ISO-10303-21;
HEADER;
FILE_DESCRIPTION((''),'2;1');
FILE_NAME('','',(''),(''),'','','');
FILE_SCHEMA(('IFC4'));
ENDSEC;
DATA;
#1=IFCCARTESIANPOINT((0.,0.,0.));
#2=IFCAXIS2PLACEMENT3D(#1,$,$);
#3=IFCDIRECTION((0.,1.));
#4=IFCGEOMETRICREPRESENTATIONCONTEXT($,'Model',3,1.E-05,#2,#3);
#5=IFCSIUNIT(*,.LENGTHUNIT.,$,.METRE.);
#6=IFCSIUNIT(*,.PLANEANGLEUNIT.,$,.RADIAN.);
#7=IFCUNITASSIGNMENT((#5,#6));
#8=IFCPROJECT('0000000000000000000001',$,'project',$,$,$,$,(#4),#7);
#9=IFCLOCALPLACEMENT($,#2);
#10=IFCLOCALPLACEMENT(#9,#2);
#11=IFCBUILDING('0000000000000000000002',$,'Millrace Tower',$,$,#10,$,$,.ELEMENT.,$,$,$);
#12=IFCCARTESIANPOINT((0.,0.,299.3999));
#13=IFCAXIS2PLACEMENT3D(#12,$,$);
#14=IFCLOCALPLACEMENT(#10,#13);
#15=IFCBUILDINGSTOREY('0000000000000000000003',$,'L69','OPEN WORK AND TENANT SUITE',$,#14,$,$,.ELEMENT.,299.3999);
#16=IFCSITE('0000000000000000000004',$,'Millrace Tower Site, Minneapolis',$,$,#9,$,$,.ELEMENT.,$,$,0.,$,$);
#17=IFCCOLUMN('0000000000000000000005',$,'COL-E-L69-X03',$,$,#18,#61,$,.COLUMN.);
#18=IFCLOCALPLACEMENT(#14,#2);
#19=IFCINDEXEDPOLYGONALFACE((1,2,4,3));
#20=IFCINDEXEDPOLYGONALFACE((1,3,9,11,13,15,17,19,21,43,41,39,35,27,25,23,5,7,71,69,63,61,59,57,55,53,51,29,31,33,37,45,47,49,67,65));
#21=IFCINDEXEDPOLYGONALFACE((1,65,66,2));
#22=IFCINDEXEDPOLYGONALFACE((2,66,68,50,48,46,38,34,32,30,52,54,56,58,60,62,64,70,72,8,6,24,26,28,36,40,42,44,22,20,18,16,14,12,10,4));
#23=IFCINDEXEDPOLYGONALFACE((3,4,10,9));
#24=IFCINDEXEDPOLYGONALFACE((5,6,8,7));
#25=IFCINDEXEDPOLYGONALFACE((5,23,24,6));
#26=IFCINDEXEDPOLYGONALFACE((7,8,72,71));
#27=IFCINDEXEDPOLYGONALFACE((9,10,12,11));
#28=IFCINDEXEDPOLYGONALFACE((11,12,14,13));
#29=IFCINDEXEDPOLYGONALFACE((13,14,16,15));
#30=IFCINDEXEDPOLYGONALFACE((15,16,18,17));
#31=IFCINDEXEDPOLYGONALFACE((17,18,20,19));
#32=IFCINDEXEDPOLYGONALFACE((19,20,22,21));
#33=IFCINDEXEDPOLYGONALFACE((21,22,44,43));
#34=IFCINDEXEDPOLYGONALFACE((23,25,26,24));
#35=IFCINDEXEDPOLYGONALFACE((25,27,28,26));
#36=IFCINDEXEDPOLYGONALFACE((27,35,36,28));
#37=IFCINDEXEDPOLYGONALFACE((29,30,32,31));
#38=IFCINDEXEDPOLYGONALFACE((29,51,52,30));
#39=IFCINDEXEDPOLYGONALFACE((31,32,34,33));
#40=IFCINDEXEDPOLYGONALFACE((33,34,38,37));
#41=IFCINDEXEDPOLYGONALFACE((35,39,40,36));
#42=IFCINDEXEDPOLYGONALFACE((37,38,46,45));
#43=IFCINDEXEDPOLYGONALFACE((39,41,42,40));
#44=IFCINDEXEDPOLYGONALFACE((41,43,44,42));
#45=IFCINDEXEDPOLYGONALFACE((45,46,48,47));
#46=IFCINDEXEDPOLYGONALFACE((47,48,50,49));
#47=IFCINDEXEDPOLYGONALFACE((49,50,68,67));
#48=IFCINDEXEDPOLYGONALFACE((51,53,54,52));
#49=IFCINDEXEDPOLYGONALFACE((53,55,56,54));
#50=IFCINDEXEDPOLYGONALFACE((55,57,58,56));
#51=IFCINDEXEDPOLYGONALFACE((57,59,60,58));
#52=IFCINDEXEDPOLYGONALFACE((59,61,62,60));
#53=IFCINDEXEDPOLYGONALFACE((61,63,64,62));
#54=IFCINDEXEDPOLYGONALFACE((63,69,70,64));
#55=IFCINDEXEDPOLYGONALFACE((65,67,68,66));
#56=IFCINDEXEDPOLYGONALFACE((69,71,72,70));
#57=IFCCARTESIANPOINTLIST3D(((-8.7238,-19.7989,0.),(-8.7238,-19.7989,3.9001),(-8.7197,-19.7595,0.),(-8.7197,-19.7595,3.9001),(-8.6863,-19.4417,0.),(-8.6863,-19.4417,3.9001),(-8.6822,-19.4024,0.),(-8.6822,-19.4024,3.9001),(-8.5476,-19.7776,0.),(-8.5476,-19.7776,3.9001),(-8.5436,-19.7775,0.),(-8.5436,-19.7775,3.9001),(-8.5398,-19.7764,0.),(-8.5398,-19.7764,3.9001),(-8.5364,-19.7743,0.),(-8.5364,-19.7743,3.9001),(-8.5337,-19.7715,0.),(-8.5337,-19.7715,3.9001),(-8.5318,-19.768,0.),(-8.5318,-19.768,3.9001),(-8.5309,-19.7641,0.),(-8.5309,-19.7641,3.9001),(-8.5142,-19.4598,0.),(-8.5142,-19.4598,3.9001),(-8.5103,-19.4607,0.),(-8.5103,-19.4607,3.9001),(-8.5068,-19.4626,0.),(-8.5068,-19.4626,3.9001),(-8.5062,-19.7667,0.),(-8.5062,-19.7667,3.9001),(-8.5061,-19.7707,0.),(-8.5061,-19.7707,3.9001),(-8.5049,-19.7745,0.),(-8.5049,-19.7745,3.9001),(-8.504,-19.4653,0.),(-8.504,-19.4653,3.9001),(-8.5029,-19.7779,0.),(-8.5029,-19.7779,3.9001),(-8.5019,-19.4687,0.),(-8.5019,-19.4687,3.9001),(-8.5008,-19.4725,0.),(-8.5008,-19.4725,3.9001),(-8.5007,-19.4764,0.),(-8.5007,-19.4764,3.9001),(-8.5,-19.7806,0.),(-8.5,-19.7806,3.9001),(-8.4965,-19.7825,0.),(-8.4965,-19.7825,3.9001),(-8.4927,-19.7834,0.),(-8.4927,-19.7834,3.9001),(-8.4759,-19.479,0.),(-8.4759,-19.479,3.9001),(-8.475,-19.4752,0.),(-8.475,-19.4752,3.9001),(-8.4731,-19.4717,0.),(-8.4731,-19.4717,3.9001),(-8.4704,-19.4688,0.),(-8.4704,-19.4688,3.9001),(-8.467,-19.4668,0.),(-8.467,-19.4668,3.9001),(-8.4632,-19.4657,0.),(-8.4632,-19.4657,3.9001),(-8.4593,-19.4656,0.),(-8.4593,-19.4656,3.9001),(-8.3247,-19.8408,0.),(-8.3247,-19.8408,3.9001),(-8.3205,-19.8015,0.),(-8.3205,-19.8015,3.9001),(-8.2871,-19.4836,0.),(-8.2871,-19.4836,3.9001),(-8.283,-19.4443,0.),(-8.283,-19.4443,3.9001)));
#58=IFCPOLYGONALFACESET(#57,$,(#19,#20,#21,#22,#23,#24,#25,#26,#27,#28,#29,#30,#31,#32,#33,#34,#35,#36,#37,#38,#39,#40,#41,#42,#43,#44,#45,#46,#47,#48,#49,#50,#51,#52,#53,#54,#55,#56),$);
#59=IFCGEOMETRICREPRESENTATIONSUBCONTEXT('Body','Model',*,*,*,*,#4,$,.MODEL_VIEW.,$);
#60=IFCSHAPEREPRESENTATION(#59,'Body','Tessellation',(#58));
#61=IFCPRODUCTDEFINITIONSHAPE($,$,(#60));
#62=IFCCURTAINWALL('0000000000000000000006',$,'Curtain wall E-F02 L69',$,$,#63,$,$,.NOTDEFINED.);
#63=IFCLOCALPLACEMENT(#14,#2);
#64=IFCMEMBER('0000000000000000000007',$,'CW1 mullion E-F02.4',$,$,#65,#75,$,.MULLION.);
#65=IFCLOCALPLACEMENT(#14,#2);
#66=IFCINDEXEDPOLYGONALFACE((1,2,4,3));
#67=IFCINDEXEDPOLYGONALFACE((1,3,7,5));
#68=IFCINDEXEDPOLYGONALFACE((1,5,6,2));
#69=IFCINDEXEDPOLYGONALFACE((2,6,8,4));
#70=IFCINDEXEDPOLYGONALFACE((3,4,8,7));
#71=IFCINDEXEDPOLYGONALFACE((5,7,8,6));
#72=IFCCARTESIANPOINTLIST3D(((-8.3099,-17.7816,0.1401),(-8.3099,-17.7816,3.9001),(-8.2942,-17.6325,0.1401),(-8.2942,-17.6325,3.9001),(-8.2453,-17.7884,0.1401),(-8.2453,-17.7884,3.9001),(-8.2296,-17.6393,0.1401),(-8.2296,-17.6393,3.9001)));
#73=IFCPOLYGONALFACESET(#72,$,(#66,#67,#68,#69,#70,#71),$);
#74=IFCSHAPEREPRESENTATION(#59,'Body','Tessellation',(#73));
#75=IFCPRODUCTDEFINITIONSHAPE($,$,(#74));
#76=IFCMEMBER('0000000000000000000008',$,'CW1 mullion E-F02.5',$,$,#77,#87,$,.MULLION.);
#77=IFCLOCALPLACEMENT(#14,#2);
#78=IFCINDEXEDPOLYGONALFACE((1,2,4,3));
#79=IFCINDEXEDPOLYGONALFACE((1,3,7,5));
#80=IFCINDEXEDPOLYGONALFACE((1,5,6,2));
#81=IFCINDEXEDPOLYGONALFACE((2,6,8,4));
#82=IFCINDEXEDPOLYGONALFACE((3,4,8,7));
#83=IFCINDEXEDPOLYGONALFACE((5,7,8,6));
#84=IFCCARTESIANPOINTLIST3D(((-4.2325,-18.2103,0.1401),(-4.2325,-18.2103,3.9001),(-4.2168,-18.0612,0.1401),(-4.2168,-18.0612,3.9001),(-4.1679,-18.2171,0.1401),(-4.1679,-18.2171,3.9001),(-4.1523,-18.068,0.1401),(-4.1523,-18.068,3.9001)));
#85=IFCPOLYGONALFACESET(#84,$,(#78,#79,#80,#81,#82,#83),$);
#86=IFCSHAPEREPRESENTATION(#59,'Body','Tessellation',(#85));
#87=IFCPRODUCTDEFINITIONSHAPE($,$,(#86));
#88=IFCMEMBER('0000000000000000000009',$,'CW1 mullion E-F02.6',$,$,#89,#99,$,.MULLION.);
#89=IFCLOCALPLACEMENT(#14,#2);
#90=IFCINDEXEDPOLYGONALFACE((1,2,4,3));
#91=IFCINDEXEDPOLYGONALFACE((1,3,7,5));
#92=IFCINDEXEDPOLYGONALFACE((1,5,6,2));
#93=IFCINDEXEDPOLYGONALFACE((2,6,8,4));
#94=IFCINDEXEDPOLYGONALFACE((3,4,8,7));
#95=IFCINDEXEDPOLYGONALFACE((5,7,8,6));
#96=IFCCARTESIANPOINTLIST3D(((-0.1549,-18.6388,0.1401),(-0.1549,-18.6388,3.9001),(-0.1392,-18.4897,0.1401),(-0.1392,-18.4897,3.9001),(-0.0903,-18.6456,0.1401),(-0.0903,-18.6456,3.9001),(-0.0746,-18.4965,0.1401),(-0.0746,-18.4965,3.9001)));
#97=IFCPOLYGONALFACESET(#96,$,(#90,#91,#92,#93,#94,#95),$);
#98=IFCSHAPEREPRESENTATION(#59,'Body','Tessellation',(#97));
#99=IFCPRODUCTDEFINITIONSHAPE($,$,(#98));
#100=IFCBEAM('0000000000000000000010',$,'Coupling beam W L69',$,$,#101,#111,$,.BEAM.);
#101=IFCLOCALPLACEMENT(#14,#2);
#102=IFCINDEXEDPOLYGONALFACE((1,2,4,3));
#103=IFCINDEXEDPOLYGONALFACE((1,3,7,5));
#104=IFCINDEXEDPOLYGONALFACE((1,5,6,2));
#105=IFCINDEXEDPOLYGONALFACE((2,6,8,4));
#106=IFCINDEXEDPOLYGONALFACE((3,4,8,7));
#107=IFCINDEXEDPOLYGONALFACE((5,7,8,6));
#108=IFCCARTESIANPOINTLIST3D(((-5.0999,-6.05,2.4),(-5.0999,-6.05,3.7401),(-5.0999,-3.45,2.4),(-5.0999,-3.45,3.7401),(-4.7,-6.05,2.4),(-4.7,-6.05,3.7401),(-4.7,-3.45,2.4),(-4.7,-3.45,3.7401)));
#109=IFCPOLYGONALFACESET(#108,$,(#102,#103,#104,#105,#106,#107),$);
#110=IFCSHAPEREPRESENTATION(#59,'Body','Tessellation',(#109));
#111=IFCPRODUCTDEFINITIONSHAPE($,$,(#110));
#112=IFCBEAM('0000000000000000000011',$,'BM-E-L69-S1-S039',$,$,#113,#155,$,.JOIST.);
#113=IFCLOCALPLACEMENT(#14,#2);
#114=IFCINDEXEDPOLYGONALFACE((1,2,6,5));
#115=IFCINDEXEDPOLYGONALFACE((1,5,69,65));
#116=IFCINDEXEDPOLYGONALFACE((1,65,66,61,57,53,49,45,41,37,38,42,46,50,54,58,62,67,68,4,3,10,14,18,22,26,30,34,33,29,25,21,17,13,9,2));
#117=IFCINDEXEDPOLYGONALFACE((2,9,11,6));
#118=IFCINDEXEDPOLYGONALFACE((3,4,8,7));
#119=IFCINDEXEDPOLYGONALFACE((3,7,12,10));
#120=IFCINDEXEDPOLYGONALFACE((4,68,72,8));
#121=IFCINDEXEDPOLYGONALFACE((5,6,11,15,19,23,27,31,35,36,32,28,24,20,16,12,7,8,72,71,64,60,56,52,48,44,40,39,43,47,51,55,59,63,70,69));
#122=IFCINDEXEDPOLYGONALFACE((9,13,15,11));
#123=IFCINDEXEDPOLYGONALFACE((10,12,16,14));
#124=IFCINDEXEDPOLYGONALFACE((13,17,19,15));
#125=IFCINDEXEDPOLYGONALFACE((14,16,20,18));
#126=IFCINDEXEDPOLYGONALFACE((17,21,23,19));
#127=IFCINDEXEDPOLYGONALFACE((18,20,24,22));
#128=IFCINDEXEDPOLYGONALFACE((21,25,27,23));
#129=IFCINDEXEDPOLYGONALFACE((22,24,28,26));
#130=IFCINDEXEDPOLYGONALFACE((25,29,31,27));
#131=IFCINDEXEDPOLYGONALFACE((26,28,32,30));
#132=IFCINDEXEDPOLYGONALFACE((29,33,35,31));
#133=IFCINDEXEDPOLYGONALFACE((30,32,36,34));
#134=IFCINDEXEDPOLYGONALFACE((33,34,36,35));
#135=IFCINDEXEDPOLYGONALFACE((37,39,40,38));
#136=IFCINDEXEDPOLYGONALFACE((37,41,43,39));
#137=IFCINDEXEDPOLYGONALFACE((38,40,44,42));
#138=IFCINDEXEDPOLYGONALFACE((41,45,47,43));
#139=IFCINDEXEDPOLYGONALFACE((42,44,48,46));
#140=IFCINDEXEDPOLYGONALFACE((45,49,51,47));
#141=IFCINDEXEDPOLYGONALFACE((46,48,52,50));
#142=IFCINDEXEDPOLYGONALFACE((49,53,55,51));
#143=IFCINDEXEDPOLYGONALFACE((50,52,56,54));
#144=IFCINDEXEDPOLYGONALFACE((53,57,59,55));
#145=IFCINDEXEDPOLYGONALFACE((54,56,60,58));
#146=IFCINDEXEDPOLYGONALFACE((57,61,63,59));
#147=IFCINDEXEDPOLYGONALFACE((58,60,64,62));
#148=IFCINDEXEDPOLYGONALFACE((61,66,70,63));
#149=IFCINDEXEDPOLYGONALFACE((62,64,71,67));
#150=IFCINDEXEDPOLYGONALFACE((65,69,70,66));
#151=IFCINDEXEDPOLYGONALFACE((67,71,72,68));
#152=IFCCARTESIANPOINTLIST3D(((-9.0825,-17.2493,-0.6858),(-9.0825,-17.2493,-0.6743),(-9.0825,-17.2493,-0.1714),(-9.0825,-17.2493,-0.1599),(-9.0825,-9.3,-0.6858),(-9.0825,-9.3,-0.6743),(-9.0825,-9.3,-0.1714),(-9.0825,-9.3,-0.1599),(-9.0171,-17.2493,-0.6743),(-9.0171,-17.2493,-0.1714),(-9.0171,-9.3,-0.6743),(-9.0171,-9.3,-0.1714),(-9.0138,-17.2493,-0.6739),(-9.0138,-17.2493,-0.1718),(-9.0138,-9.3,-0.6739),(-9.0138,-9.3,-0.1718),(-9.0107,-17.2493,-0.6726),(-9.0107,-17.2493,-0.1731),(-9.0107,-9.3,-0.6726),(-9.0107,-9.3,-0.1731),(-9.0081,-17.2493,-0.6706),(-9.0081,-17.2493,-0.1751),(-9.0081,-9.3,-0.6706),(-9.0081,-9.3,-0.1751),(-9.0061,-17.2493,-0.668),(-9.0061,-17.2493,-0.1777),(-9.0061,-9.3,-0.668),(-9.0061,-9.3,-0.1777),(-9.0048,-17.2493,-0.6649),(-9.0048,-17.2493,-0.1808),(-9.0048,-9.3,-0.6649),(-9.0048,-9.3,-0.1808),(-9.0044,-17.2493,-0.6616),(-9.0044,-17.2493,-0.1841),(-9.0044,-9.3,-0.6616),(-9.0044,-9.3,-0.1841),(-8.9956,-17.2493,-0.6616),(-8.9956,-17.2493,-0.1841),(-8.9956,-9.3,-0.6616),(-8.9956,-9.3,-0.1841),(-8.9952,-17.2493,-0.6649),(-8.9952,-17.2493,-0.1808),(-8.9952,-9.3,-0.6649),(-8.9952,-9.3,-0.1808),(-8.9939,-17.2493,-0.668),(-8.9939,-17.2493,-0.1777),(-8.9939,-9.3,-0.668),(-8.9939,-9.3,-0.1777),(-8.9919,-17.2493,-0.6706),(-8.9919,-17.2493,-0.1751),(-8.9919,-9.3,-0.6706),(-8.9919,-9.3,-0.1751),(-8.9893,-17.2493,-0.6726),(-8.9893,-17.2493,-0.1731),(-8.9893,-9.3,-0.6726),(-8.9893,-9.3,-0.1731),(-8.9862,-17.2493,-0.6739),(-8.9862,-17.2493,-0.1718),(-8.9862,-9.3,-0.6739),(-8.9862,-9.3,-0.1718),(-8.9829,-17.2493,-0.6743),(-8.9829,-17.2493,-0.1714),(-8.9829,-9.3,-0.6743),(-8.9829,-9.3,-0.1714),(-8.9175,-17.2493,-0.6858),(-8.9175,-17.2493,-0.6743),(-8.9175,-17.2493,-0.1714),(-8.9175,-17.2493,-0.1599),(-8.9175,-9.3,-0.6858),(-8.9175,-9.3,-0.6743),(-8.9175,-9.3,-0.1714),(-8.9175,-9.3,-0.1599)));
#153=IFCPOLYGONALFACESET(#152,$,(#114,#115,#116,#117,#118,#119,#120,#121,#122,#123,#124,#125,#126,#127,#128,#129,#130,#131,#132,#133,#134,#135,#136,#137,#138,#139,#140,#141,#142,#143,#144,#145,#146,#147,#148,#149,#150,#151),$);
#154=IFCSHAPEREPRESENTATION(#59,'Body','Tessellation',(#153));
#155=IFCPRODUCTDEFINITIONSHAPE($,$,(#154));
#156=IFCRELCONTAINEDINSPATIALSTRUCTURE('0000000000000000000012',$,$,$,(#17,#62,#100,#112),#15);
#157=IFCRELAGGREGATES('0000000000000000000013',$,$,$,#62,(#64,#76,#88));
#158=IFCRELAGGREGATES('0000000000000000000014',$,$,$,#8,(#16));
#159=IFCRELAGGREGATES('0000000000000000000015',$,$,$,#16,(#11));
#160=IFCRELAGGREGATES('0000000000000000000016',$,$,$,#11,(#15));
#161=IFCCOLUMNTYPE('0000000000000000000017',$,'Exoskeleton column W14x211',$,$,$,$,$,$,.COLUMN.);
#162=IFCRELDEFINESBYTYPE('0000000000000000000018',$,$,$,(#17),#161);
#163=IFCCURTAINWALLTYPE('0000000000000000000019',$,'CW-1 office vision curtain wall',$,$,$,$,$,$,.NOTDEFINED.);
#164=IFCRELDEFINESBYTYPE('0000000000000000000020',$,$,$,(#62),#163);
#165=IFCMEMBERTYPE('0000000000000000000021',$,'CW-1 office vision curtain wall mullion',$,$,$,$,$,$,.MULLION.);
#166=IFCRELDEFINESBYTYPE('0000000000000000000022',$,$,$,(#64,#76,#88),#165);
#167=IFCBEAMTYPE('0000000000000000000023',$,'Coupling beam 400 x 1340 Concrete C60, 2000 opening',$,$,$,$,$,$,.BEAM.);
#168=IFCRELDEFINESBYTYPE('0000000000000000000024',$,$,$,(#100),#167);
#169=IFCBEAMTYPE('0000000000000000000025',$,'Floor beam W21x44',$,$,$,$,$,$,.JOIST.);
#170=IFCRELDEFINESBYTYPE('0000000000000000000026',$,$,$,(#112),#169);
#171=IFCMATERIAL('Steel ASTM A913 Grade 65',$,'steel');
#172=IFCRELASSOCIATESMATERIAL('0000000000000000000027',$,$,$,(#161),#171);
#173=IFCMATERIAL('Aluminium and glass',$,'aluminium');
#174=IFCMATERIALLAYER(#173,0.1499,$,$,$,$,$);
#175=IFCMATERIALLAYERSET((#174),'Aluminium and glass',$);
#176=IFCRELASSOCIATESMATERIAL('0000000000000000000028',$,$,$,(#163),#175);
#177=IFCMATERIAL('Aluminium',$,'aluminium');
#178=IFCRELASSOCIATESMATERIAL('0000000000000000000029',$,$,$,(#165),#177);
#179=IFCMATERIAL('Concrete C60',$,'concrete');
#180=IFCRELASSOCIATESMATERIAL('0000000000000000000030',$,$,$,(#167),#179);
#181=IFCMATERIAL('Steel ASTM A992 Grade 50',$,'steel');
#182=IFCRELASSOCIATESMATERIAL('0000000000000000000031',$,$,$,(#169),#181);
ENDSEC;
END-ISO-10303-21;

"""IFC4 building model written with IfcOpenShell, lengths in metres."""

from ifc_helpers import new_model, si_unit, direction, frame, origin, origin_2d, place, context, subcontext, project, spatial, rectangle, i_section, extrude, material, layer, layer_set, material_profile, profile_set, type_object, element, aggregate, save


model = new_model("IFC4")

# Units and contexts
model_context = context("Model", 3, precision=1e-05, world=origin(), true_north=direction((0.0, 1.0)))
body_context = subcontext(model_context, "Body", "Model", "MODEL_VIEW")
ifc_project = project(units=[si_unit("LENGTHUNIT", "METRE"), si_unit("PLANEANGLEUNIT", "RADIAN")], contexts=[model_context])

# Site, building, storey
site_placement = place(None, origin())
site = spatial("IfcSite", under=ifc_project, at=site_placement, Name="Millrace Tower Site, Minneapolis", CompositionType="ELEMENT", RefElevation=0.0)
building_placement = place(site_placement, origin())
building = spatial("IfcBuilding", under=site, at=building_placement, Name="Millrace Tower", CompositionType="ELEMENT")
storey_placement = place(building_placement, frame((0.0, 0.0, 299.3999)))
storey = spatial("IfcBuildingStorey", under=building, at=storey_placement, Name="L69", Description="OPEN WORK AND TENANT SUITE", CompositionType="ELEMENT", Elevation=299.3999)

# Column
ifc_material_1 = material(Name="Steel ASTM A913 Grade 65", Category="steel")
ifc_material_profile_1 = material_profile(ifc_material_1, i_section(OverallWidth=0.4014, OverallDepth=0.3987, WebThickness=0.0249, FlangeThickness=0.0396, FilletRadius=0.0151, at=origin_2d()))
ifc_profile_set_1 = profile_set([ifc_material_profile_1], Name="Steel ASTM A913 Grade 65")
column_type = type_object("IfcColumnType", Name="Exoskeleton column W14x211", PredefinedType="COLUMN", material=ifc_profile_set_1)
column_placement = place(storey_placement, frame((-8.5034, -19.6216, 0.0), z_axis=(0.0, 0.0, 1.0), x_axis=(0.994522, -0.104528, 0.0)))
element("IfcColumn", 1, at=column_placement, inside=storey, type_object=column_type, Name="COL-E-L69-X03", PredefinedType="COLUMN", context=body_context, shape_type="SweptSolid", body=[
    extrude(i_section(OverallWidth=0.4014, OverallDepth=0.3987, WebThickness=0.0249, FlangeThickness=0.0396, FilletRadius=0.0151, at=origin_2d()), origin(), (0.0, 0.0, 1.0), 3.9001),
])

# Curtain wall, members
ifc_material_2 = material(Name="Aluminium and glass", Category="aluminium")
ifc_layer_1 = layer(ifc_material_2, 0.1499)
ifc_layer_set_1 = layer_set([ifc_layer_1], Name="Aluminium and glass")
curtain_wall_type = type_object("IfcCurtainWallType", Name="CW-1 office vision curtain wall", PredefinedType="NOTDEFINED", material=ifc_layer_set_1)
curtain_wall_placement = place(storey_placement, origin())
curtain_wall = element("IfcCurtainWall", 2, at=curtain_wall_placement, inside=storey, type_object=curtain_wall_type, Name="Curtain wall E-F02 L69", PredefinedType="NOTDEFINED")
ifc_material_3 = material(Name="Aluminium", Category="aluminium")
ifc_material_profile_2 = material_profile(ifc_material_3, rectangle(XDim=0.0649, YDim=0.1499, at=origin_2d()))
ifc_profile_set_2 = profile_set([ifc_material_profile_2], Name="Aluminium")
member_type = type_object("IfcMemberType", Name="CW-1 office vision curtain wall mullion", PredefinedType="MULLION", material=ifc_profile_set_2)
member_1_placement = place(storey_placement, frame((-8.2698, -17.7104, 0.1401), z_axis=(0.0, 0.0, 1.0), x_axis=(0.994522, -0.104528, 0.0)))
member_1 = element("IfcMember", 3, at=member_1_placement, type_object=member_type, Name="CW1 mullion E-F02.4", PredefinedType="MULLION", context=body_context, shape_type="SweptSolid", body=[
    extrude(rectangle(XDim=0.0649, YDim=0.1499, at=origin_2d()), origin(), (0.0, 0.0, 1.0), 3.76),
])
member_2_placement = place(storey_placement, frame((-4.1924, -18.1392, 0.1401), z_axis=(0.0, 0.0, 1.0), x_axis=(0.994522, -0.104528, 0.0)))
member_2 = element("IfcMember", 4, at=member_2_placement, type_object=member_type, Name="CW1 mullion E-F02.5", PredefinedType="MULLION", context=body_context, shape_type="SweptSolid", body=[
    extrude(rectangle(XDim=0.0649, YDim=0.1499, at=origin_2d()), origin(), (0.0, 0.0, 1.0), 3.76),
])
member_3_placement = place(storey_placement, frame((-0.1147, -18.5676, 0.1401), z_axis=(0.0, 0.0, 1.0), x_axis=(0.994522, -0.104528, 0.0)))
member_3 = element("IfcMember", 5, at=member_3_placement, type_object=member_type, Name="CW1 mullion E-F02.6", PredefinedType="MULLION", context=body_context, shape_type="SweptSolid", body=[
    extrude(rectangle(XDim=0.0649, YDim=0.1499, at=origin_2d()), origin(), (0.0, 0.0, 1.0), 3.76),
])
aggregate(curtain_wall, [member_1, member_2, member_3])

# Beams
ifc_material_4 = material(Name="Concrete C60", Category="concrete")
ifc_material_profile_3 = material_profile(ifc_material_4, rectangle(XDim=0.3999, YDim=1.3401, at=origin_2d()))
ifc_profile_set_3 = profile_set([ifc_material_profile_3], Name="Concrete C60")
beam_type_1 = type_object("IfcBeamType", Name="Coupling beam 400 x 1340 Concrete C60, 2000 opening", PredefinedType="BEAM", material=ifc_profile_set_3)
beam_1_placement = place(storey_placement, frame((-4.8999, -6.05, 3.0701), z_axis=(0.0, 1.0, 0.0), x_axis=(-1.0, 0.0, 0.0)))
element("IfcBeam", 6, at=beam_1_placement, inside=storey, type_object=beam_type_1, Name="Coupling beam W L69", PredefinedType="BEAM", context=body_context, shape_type="SweptSolid", body=[
    extrude(rectangle(XDim=0.3999, YDim=1.3401, at=origin_2d()), origin(), (0.0, 0.0, 1.0), 2.6001),
])
ifc_material_5 = material(Name="Steel ASTM A992 Grade 50", Category="steel")
ifc_material_profile_4 = material_profile(ifc_material_5, i_section(OverallWidth=0.165, OverallDepth=0.5259, WebThickness=0.0088, FlangeThickness=0.0115, FilletRadius=0.0127, at=origin_2d()))
ifc_profile_set_4 = profile_set([ifc_material_profile_4], Name="Steel ASTM A992 Grade 50")
beam_type_2 = type_object("IfcBeamType", Name="Floor beam W21x44", PredefinedType="JOIST", material=ifc_profile_set_4)
beam_2_placement = place(storey_placement, frame((-9.0, -17.2493, -0.4229), z_axis=(0.0, 1.0, 0.0), x_axis=(-1.0, 0.0, 0.0)))
element("IfcBeam", 7, at=beam_2_placement, inside=storey, type_object=beam_type_2, Name="BM-E-L69-S1-S039", PredefinedType="JOIST", context=body_context, shape_type="SweptSolid", body=[
    extrude(i_section(OverallWidth=0.165, OverallDepth=0.5259, WebThickness=0.0088, FlangeThickness=0.0115, FilletRadius=0.0127, at=origin_2d()), origin(), (0.0, 0.0, 1.0), 7.9492),
])

save(model, "model.ifc")
